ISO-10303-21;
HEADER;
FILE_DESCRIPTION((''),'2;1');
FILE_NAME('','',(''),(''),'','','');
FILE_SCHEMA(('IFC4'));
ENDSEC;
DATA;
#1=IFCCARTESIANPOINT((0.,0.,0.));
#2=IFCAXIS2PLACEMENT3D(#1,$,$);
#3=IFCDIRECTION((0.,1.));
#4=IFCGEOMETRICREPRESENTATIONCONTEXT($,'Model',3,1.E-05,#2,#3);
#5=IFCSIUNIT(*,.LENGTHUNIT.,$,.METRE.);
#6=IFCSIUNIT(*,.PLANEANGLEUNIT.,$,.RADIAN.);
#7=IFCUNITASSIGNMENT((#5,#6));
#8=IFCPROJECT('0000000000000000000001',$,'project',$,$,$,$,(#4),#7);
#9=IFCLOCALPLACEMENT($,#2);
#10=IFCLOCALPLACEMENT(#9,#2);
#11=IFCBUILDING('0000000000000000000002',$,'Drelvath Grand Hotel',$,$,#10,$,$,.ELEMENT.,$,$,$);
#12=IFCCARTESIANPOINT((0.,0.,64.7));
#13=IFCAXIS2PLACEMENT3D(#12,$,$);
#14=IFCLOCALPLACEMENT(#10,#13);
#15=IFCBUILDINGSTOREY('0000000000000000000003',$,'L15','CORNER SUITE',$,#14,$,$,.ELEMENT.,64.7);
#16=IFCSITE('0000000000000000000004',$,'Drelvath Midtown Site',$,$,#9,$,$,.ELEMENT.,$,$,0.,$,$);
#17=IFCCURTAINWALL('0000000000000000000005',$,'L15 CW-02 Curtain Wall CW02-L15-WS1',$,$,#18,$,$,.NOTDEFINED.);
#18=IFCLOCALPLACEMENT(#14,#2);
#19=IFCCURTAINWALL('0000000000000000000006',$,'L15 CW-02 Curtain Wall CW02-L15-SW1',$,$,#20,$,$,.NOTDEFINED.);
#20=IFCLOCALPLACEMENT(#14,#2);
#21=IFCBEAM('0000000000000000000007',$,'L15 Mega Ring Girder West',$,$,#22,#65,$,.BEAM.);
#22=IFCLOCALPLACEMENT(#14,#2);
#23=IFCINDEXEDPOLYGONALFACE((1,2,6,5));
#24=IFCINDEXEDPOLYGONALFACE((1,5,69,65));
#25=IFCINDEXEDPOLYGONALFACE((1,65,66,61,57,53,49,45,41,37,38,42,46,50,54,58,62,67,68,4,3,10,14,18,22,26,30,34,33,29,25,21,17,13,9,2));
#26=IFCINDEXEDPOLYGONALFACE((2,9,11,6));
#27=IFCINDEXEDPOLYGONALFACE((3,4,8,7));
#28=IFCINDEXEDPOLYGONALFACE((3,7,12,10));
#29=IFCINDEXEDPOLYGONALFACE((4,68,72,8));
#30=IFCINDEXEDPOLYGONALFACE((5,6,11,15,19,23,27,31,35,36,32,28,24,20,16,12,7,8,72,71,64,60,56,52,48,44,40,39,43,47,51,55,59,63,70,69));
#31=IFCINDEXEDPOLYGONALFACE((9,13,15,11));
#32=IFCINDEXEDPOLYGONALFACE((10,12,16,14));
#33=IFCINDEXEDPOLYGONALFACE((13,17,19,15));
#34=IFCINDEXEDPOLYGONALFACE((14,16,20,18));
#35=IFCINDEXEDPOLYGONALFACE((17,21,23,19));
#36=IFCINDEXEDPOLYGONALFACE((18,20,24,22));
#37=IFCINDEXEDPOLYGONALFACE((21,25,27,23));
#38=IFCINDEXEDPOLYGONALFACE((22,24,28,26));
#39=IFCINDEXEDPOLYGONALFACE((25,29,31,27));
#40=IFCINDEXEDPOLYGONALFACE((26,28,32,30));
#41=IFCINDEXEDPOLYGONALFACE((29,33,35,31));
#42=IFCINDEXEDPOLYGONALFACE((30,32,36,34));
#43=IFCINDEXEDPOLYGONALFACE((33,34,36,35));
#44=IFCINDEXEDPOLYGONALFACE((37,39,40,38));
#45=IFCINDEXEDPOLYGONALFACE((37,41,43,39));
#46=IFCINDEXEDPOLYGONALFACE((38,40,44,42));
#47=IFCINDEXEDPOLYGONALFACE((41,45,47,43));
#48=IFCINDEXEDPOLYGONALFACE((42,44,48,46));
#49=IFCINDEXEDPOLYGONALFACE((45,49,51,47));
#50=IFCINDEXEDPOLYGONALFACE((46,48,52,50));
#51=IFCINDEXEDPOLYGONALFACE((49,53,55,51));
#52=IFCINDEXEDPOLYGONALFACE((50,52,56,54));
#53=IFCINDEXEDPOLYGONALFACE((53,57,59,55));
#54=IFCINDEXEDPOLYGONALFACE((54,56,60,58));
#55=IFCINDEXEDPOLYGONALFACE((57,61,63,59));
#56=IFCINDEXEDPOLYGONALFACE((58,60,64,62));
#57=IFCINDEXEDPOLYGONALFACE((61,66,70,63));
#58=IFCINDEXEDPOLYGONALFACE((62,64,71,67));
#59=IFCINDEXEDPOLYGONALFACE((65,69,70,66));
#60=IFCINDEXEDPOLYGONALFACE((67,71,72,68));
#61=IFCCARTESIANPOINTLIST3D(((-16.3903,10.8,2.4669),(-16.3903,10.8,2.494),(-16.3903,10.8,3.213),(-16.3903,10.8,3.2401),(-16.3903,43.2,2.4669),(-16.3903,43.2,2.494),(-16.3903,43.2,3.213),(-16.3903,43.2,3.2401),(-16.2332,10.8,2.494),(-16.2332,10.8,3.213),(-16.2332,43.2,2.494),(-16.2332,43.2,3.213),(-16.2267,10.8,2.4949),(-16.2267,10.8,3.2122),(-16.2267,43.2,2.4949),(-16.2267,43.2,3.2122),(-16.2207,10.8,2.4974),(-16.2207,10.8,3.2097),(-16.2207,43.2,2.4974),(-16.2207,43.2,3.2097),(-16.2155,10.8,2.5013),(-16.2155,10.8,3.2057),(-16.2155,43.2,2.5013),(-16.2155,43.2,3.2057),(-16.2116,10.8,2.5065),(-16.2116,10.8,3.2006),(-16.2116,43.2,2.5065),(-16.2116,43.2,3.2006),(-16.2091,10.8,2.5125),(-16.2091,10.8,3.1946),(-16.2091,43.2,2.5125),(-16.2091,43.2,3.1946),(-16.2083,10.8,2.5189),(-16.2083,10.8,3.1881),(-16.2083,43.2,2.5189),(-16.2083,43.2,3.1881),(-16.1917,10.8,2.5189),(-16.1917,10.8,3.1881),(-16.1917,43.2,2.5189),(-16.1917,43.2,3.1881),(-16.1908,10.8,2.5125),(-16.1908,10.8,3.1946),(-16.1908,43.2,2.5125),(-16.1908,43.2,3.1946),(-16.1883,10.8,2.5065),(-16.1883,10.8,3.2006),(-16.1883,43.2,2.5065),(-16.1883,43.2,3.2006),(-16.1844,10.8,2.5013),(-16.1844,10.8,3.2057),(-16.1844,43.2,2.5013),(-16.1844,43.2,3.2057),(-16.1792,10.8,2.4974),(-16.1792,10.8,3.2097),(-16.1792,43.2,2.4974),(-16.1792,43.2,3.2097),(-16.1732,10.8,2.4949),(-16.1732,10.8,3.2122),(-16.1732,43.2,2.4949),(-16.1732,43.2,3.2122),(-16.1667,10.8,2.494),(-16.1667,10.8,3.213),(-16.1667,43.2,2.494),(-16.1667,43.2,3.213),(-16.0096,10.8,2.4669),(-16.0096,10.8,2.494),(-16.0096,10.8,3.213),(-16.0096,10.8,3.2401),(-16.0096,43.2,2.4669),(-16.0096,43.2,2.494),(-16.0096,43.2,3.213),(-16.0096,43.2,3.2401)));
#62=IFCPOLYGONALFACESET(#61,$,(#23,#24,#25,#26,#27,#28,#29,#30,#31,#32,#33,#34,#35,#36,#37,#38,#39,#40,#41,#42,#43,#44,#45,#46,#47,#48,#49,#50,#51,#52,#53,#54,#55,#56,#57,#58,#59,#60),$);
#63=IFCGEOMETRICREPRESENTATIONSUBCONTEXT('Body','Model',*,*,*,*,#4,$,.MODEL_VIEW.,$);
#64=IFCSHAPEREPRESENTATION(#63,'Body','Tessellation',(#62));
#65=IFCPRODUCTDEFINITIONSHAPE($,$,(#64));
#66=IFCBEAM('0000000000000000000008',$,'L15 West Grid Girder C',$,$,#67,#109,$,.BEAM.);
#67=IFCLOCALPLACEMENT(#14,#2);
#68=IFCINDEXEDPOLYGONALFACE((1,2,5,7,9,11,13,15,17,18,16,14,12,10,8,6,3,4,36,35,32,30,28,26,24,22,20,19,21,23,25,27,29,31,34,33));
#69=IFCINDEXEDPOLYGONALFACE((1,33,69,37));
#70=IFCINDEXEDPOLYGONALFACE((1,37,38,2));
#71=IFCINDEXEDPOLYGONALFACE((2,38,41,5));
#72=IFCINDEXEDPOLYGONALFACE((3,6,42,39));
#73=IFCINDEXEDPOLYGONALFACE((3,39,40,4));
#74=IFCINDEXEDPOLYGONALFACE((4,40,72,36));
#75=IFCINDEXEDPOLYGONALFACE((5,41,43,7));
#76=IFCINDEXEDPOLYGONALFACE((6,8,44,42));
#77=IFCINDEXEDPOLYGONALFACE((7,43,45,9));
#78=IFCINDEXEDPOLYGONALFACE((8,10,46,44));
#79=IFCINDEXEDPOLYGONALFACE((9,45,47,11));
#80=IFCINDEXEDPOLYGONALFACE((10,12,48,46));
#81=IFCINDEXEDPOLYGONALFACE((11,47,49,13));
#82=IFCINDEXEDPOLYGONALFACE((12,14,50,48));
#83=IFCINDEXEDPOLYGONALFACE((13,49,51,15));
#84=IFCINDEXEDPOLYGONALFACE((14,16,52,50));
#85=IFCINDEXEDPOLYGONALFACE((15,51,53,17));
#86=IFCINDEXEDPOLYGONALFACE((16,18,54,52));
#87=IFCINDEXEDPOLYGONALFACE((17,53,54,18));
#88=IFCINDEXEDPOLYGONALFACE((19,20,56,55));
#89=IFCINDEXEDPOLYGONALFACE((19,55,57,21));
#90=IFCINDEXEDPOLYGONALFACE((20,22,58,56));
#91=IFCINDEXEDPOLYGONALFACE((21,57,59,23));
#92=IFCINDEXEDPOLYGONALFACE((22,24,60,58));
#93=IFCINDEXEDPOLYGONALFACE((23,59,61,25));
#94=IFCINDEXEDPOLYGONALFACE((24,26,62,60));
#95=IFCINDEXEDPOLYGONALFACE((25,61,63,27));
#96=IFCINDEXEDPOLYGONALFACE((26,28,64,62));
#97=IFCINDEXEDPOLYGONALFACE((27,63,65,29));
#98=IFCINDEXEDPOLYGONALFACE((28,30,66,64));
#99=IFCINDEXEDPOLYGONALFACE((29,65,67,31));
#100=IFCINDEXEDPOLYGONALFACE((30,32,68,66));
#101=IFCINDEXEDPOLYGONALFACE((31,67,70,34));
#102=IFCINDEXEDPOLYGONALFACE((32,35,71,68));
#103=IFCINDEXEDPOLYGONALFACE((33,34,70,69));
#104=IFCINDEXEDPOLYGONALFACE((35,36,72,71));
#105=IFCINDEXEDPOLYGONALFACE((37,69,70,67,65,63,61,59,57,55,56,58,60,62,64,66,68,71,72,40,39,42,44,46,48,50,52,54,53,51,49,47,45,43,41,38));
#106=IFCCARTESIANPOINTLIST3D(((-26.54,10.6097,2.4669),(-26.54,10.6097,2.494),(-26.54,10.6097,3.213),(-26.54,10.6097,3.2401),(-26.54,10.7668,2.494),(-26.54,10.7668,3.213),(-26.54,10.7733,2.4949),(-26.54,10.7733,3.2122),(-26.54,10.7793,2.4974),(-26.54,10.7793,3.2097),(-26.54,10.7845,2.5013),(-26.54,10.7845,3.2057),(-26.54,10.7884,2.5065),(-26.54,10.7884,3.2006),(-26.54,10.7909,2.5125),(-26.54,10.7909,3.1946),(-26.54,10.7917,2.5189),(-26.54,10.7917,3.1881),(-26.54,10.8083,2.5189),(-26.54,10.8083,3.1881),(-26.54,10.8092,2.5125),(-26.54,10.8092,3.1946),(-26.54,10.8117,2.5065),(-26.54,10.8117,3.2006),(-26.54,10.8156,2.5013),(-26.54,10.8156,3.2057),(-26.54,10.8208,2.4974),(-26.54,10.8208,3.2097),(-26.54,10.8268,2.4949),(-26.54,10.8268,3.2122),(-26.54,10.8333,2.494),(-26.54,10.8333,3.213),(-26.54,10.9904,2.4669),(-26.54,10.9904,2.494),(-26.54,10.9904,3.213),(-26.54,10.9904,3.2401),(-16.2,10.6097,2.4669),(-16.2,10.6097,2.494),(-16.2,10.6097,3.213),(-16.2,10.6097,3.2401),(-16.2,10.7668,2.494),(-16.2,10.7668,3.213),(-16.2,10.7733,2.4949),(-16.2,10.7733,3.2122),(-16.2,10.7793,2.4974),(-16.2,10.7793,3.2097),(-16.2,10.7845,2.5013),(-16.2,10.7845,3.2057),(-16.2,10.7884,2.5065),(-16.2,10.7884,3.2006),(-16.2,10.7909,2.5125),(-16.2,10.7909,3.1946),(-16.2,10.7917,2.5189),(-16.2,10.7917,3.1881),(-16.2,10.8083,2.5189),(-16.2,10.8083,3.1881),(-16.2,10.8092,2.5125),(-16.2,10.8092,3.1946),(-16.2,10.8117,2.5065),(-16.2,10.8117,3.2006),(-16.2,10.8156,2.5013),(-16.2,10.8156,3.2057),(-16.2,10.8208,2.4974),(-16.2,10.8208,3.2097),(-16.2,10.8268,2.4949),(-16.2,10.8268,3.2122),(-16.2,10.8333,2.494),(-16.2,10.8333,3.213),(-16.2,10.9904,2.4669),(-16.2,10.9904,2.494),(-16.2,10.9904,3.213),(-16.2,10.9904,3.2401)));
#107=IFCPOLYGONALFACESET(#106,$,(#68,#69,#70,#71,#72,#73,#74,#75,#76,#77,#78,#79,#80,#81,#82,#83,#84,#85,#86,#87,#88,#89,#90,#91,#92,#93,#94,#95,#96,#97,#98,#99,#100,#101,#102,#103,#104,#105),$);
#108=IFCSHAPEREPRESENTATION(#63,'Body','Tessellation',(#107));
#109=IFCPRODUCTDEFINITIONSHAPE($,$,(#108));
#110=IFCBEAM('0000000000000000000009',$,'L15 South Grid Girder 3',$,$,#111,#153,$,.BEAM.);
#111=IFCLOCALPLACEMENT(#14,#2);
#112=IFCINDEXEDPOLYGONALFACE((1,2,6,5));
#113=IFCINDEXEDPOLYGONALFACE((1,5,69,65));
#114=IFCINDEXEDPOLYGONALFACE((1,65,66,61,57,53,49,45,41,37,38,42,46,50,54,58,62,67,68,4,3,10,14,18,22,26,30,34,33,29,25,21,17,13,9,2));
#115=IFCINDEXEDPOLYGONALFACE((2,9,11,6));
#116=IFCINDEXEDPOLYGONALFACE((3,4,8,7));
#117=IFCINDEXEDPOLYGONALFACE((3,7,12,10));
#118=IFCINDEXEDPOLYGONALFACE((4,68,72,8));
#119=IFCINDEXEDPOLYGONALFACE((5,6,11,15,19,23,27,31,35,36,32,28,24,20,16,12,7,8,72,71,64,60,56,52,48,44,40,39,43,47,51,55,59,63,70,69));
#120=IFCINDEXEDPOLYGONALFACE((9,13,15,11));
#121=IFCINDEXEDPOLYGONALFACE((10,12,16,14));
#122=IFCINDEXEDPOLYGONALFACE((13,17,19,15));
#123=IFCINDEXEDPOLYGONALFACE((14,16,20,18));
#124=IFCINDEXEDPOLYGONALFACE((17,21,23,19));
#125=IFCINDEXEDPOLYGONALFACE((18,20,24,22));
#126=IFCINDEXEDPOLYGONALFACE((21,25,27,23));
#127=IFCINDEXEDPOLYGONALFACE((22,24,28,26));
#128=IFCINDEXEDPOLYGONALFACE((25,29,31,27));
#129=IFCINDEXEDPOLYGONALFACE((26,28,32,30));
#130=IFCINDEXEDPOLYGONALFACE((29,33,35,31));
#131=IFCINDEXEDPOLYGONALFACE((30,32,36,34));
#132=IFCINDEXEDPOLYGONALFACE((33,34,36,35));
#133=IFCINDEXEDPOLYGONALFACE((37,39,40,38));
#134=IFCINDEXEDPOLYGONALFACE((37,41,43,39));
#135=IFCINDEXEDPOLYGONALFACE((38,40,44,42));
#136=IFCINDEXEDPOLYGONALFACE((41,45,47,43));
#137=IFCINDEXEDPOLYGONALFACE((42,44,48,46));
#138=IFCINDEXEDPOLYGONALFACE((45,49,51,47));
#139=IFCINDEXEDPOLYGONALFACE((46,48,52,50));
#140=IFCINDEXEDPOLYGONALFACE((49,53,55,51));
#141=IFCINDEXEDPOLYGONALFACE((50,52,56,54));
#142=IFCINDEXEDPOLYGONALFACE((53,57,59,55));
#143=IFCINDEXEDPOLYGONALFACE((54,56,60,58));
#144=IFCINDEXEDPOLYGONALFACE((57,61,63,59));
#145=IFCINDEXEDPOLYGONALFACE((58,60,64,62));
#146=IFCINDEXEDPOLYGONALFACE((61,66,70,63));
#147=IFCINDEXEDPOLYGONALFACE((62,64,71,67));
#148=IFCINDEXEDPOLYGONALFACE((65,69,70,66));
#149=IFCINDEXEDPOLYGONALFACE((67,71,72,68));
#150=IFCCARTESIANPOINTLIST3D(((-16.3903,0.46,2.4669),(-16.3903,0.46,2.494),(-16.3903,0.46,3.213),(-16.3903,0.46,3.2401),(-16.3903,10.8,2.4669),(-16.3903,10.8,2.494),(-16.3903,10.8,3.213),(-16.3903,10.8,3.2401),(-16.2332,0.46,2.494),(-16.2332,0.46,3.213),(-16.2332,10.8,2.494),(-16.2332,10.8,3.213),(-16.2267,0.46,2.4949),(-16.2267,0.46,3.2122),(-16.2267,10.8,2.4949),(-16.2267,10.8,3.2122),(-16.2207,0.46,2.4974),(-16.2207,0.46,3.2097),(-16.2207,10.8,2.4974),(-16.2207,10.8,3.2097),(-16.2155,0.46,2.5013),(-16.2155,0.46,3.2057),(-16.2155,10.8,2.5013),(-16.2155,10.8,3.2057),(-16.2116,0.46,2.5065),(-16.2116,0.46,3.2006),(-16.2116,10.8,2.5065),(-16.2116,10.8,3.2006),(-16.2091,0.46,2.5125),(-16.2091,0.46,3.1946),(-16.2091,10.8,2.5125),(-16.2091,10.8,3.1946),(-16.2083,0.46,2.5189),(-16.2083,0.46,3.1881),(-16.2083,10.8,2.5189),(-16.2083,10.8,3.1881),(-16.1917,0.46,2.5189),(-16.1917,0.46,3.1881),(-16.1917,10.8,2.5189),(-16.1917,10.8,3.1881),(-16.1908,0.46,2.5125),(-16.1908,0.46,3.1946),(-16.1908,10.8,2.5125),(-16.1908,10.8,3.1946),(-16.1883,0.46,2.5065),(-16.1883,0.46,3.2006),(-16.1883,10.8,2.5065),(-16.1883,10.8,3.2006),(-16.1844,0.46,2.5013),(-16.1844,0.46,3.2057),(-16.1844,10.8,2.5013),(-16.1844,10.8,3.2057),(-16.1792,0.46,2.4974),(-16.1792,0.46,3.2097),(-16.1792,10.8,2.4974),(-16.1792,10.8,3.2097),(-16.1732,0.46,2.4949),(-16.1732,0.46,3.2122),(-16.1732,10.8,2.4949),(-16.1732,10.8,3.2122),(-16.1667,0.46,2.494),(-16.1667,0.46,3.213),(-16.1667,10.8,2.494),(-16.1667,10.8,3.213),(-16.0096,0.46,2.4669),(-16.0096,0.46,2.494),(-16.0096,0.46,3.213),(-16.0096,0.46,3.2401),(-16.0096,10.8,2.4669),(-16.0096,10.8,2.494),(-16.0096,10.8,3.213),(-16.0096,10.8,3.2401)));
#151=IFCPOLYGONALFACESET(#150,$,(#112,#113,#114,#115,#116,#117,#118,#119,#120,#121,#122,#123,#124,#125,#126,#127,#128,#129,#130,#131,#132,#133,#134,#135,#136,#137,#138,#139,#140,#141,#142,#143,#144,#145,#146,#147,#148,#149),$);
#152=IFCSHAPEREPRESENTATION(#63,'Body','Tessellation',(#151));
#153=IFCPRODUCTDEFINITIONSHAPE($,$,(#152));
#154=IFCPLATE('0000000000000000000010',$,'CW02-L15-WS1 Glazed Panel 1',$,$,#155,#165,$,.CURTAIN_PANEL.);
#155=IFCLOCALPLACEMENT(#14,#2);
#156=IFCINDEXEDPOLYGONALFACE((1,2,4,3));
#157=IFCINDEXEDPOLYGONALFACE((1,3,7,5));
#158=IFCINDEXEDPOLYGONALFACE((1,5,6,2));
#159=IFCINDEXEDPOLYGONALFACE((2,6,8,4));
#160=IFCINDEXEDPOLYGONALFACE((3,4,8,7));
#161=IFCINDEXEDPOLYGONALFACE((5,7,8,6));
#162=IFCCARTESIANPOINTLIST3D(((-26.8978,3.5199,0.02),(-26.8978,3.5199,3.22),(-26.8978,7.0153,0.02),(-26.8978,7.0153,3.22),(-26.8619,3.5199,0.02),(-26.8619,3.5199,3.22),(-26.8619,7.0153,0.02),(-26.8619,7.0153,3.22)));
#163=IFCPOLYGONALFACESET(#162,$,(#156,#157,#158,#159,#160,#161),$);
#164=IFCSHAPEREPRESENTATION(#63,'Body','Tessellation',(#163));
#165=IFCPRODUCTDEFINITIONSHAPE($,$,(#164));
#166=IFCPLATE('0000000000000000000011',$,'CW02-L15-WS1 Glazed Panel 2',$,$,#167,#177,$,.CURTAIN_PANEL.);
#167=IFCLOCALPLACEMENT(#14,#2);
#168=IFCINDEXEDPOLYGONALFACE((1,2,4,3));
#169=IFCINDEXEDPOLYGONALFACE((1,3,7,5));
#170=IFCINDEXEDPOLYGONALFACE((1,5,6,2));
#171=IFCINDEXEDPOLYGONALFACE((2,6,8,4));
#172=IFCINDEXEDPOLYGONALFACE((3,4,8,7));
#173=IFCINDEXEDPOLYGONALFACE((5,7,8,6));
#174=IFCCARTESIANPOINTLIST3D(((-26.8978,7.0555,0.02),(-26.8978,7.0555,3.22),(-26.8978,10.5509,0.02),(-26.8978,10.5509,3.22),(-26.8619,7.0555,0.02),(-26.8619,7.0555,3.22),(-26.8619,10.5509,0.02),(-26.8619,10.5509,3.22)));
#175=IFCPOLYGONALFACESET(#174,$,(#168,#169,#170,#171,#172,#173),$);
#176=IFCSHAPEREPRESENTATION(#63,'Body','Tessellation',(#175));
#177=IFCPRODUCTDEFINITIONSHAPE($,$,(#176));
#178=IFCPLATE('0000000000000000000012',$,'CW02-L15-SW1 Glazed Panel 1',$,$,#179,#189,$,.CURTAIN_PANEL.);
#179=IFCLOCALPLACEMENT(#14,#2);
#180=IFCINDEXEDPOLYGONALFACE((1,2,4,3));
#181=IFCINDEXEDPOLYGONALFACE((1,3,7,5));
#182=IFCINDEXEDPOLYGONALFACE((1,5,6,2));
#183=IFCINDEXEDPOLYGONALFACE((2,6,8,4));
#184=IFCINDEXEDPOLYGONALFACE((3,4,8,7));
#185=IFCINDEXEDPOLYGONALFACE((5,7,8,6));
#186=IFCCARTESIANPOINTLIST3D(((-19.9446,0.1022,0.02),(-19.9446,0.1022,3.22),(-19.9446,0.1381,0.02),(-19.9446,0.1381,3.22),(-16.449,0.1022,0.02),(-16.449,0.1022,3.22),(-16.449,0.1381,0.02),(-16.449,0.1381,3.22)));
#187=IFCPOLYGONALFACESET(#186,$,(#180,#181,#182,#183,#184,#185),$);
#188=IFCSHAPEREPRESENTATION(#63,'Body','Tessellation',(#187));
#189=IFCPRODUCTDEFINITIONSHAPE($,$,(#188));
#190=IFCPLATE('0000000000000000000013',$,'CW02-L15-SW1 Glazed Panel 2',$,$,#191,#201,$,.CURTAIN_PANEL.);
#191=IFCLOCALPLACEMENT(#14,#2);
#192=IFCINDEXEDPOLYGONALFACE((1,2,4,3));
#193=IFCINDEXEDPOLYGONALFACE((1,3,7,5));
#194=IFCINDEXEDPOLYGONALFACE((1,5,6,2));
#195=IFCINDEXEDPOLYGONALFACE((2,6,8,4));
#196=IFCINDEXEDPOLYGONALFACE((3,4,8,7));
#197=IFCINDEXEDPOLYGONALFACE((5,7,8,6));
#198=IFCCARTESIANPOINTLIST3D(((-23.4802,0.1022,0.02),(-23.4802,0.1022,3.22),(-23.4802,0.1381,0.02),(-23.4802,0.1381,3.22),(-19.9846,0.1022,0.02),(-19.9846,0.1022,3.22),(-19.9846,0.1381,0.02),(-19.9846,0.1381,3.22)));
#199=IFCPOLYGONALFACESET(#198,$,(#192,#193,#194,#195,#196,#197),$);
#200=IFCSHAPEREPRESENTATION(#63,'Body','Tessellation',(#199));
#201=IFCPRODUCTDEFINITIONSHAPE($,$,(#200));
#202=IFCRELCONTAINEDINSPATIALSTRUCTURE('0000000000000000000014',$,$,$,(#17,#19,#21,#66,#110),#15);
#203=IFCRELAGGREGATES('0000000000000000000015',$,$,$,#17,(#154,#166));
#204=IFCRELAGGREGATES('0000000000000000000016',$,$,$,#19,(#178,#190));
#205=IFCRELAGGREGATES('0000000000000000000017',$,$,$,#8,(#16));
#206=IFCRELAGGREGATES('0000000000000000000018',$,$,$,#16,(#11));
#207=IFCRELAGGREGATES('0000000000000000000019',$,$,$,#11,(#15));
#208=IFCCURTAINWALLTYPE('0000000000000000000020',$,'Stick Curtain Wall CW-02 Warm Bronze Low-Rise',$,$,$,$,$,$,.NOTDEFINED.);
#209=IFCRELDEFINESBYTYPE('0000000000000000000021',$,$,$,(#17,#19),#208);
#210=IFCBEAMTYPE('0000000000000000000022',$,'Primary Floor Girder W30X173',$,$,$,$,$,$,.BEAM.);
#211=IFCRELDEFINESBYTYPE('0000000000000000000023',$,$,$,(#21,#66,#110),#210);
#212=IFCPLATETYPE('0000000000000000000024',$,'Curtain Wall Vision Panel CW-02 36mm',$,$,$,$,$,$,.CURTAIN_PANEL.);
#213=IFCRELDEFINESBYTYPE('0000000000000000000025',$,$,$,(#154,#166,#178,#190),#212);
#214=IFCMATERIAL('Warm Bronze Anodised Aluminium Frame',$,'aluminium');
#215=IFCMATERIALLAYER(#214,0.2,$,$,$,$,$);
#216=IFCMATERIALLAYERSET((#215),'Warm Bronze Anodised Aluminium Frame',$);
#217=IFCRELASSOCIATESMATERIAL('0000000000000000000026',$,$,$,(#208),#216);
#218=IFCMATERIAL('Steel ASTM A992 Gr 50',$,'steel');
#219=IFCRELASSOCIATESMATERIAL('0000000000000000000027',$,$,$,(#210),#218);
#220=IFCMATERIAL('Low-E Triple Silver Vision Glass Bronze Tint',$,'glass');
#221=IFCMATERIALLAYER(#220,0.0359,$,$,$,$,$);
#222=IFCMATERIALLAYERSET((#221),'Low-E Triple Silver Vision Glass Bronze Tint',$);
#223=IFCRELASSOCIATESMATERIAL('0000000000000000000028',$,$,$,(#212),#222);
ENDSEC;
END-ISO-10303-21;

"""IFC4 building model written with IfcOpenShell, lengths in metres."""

from ifc_helpers import new_model, si_unit, direction, frame, origin, origin_2d, place, context, subcontext, project, spatial, rectangle, i_section, extrude, material, layer, layer_set, material_profile, profile_set, type_object, element, aggregate, save


model = new_model("IFC4")

# Units and contexts
model_context = context("Model", 3, precision=1e-05, world=origin(), true_north=direction((0.0, 1.0)))
body_context = subcontext(model_context, "Body", "Model", "MODEL_VIEW")
ifc_project = project(units=[si_unit("LENGTHUNIT", "METRE"), si_unit("PLANEANGLEUNIT", "RADIAN")], contexts=[model_context])

# Site, building, storey
site_placement = place(None, origin())
site = spatial("IfcSite", under=ifc_project, at=site_placement, Name="Drelvath Midtown Site", CompositionType="ELEMENT", RefElevation=0.0)
building_placement = place(site_placement, origin())
building = spatial("IfcBuilding", under=site, at=building_placement, Name="Drelvath Grand Hotel", CompositionType="ELEMENT")
storey_placement = place(building_placement, frame((0.0, 0.0, 64.7)))
storey = spatial("IfcBuildingStorey", under=building, at=storey_placement, Name="L15", Description="CORNER SUITE", CompositionType="ELEMENT", Elevation=64.7)

# Curtain walls
ifc_material_1 = material(Name="Warm Bronze Anodised Aluminium Frame", Category="aluminium")
ifc_layer_1 = layer(ifc_material_1, 0.2)
ifc_layer_set_1 = layer_set([ifc_layer_1], Name="Warm Bronze Anodised Aluminium Frame")
curtain_wall_type = type_object("IfcCurtainWallType", Name="Stick Curtain Wall CW-02 Warm Bronze Low-Rise", PredefinedType="NOTDEFINED", material=ifc_layer_set_1)
curtain_wall_1_placement = place(storey_placement, origin())
curtain_wall_1 = element("IfcCurtainWall", 1, at=curtain_wall_1_placement, inside=storey, type_object=curtain_wall_type, Name="L15 CW-02 Curtain Wall CW02-L15-WS1", PredefinedType="NOTDEFINED")
curtain_wall_2_placement = place(storey_placement, origin())
curtain_wall_2 = element("IfcCurtainWall", 2, at=curtain_wall_2_placement, inside=storey, type_object=curtain_wall_type, Name="L15 CW-02 Curtain Wall CW02-L15-SW1", PredefinedType="NOTDEFINED")

# Beams
ifc_material_2 = material(Name="Steel ASTM A992 Gr 50", Category="steel")
ifc_material_profile_1 = material_profile(ifc_material_2, i_section(OverallWidth=0.3806, OverallDepth=0.7732, WebThickness=0.0166, FlangeThickness=0.0271, FilletRadius=0.0249, at=origin_2d()), Name="W30X173")
ifc_profile_set_1 = profile_set([ifc_material_profile_1], Name="Steel ASTM A992 Gr 50")
beam_type_1 = type_object("IfcBeamType", Name="Primary Floor Girder W30X173", PredefinedType="BEAM", material=ifc_profile_set_1)
for number, where, z_axis, x_axis, name in (
    (3, (-16.2, 10.8, 2.8535), (0.0, 1.0, 0.0), (-1.0, 0.0, 0.0), "L15 Mega Ring Girder West"),
):
    element("IfcBeam", number, at=place(storey_placement, frame(where, z_axis=z_axis, x_axis=x_axis)), inside=storey, type_object=beam_type_1, Name=name, PredefinedType="BEAM", context=body_context, shape_type="SweptSolid", body=[
        extrude(i_section(OverallWidth=0.3806, OverallDepth=0.7732, WebThickness=0.0166, FlangeThickness=0.0271, FilletRadius=0.0249, at=origin_2d()), origin(), (0.0, 0.0, 1.0), 32.3999),
    ])
for number, where, z_axis, x_axis, name in (
    (4, (-26.54, 10.8, 2.8535), (1.0, 0.0, 0.0), (0.0, 1.0, 0.0), "L15 West Grid Girder C"),
    (5, (-16.2, 0.46, 2.8535), (0.0, 1.0, 0.0), (-1.0, 0.0, 0.0), "L15 South Grid Girder 3"),
):
    element("IfcBeam", number, at=place(storey_placement, frame(where, z_axis=z_axis, x_axis=x_axis)), inside=storey, type_object=beam_type_1, Name=name, PredefinedType="BEAM", context=body_context, shape_type="SweptSolid", body=[
        extrude(i_section(OverallWidth=0.3806, OverallDepth=0.7732, WebThickness=0.0166, FlangeThickness=0.0271, FilletRadius=0.0249, at=origin_2d()), origin(), (0.0, 0.0, 1.0), 10.3401),
    ])

# Plates
ifc_material_3 = material(Name="Low-E Triple Silver Vision Glass Bronze Tint", Category="glass")
ifc_layer_2 = layer(ifc_material_3, 0.0359)
ifc_layer_set_2 = layer_set([ifc_layer_2], Name="Low-E Triple Silver Vision Glass Bronze Tint")
plate_type = type_object("IfcPlateType", Name="Curtain Wall Vision Panel CW-02 36mm", PredefinedType="CURTAIN_PANEL", material=ifc_layer_set_2)
plate_1_placement = place(storey_placement, frame((-26.8799, 5.2676, 0.02), z_axis=(0.0, 0.0, 1.0), x_axis=(0.0, 1.0, 0.0)))
plate_1 = element("IfcPlate", 6, at=plate_1_placement, type_object=plate_type, Name="CW02-L15-WS1 Glazed Panel 1", PredefinedType="CURTAIN_PANEL", context=body_context, shape_type="SweptSolid", body=[
    extrude(rectangle(XDim=3.4954, YDim=0.0359, at=origin_2d()), origin(), (0.0, 0.0, 1.0), 3.2),
])
plate_2_placement = place(storey_placement, frame((-26.8799, 8.8032, 0.02), z_axis=(0.0, 0.0, 1.0), x_axis=(0.0, 1.0, 0.0)))
plate_2 = element("IfcPlate", 7, at=plate_2_placement, type_object=plate_type, Name="CW02-L15-WS1 Glazed Panel 2", PredefinedType="CURTAIN_PANEL", context=body_context, shape_type="SweptSolid", body=[
    extrude(rectangle(XDim=3.4954, YDim=0.0359, at=origin_2d()), origin(), (0.0, 0.0, 1.0), 3.2),
])
aggregate(curtain_wall_1, [plate_1, plate_2])
plate_3_placement = place(storey_placement, frame((-18.1968, 0.1201, 0.02), z_axis=(0.0, 0.0, 1.0), x_axis=(-1.0, 0.0, 0.0)))
plate_3 = element("IfcPlate", 8, at=plate_3_placement, type_object=plate_type, Name="CW02-L15-SW1 Glazed Panel 1", PredefinedType="CURTAIN_PANEL", context=body_context, shape_type="SweptSolid", body=[
    extrude(rectangle(XDim=3.4956, YDim=0.0359, at=origin_2d()), origin(), (0.0, 0.0, 1.0), 3.2),
])
plate_4_placement = place(storey_placement, frame((-21.7324, 0.1201, 0.02), z_axis=(0.0, 0.0, 1.0), x_axis=(-1.0, 0.0, 0.0)))
plate_4 = element("IfcPlate", 9, at=plate_4_placement, type_object=plate_type, Name="CW02-L15-SW1 Glazed Panel 2", PredefinedType="CURTAIN_PANEL", context=body_context, shape_type="SweptSolid", body=[
    extrude(rectangle(XDim=3.4956, YDim=0.0359, at=origin_2d()), origin(), (0.0, 0.0, 1.0), 3.2),
])
aggregate(curtain_wall_2, [plate_3, plate_4])

save(model, "model.ifc")
